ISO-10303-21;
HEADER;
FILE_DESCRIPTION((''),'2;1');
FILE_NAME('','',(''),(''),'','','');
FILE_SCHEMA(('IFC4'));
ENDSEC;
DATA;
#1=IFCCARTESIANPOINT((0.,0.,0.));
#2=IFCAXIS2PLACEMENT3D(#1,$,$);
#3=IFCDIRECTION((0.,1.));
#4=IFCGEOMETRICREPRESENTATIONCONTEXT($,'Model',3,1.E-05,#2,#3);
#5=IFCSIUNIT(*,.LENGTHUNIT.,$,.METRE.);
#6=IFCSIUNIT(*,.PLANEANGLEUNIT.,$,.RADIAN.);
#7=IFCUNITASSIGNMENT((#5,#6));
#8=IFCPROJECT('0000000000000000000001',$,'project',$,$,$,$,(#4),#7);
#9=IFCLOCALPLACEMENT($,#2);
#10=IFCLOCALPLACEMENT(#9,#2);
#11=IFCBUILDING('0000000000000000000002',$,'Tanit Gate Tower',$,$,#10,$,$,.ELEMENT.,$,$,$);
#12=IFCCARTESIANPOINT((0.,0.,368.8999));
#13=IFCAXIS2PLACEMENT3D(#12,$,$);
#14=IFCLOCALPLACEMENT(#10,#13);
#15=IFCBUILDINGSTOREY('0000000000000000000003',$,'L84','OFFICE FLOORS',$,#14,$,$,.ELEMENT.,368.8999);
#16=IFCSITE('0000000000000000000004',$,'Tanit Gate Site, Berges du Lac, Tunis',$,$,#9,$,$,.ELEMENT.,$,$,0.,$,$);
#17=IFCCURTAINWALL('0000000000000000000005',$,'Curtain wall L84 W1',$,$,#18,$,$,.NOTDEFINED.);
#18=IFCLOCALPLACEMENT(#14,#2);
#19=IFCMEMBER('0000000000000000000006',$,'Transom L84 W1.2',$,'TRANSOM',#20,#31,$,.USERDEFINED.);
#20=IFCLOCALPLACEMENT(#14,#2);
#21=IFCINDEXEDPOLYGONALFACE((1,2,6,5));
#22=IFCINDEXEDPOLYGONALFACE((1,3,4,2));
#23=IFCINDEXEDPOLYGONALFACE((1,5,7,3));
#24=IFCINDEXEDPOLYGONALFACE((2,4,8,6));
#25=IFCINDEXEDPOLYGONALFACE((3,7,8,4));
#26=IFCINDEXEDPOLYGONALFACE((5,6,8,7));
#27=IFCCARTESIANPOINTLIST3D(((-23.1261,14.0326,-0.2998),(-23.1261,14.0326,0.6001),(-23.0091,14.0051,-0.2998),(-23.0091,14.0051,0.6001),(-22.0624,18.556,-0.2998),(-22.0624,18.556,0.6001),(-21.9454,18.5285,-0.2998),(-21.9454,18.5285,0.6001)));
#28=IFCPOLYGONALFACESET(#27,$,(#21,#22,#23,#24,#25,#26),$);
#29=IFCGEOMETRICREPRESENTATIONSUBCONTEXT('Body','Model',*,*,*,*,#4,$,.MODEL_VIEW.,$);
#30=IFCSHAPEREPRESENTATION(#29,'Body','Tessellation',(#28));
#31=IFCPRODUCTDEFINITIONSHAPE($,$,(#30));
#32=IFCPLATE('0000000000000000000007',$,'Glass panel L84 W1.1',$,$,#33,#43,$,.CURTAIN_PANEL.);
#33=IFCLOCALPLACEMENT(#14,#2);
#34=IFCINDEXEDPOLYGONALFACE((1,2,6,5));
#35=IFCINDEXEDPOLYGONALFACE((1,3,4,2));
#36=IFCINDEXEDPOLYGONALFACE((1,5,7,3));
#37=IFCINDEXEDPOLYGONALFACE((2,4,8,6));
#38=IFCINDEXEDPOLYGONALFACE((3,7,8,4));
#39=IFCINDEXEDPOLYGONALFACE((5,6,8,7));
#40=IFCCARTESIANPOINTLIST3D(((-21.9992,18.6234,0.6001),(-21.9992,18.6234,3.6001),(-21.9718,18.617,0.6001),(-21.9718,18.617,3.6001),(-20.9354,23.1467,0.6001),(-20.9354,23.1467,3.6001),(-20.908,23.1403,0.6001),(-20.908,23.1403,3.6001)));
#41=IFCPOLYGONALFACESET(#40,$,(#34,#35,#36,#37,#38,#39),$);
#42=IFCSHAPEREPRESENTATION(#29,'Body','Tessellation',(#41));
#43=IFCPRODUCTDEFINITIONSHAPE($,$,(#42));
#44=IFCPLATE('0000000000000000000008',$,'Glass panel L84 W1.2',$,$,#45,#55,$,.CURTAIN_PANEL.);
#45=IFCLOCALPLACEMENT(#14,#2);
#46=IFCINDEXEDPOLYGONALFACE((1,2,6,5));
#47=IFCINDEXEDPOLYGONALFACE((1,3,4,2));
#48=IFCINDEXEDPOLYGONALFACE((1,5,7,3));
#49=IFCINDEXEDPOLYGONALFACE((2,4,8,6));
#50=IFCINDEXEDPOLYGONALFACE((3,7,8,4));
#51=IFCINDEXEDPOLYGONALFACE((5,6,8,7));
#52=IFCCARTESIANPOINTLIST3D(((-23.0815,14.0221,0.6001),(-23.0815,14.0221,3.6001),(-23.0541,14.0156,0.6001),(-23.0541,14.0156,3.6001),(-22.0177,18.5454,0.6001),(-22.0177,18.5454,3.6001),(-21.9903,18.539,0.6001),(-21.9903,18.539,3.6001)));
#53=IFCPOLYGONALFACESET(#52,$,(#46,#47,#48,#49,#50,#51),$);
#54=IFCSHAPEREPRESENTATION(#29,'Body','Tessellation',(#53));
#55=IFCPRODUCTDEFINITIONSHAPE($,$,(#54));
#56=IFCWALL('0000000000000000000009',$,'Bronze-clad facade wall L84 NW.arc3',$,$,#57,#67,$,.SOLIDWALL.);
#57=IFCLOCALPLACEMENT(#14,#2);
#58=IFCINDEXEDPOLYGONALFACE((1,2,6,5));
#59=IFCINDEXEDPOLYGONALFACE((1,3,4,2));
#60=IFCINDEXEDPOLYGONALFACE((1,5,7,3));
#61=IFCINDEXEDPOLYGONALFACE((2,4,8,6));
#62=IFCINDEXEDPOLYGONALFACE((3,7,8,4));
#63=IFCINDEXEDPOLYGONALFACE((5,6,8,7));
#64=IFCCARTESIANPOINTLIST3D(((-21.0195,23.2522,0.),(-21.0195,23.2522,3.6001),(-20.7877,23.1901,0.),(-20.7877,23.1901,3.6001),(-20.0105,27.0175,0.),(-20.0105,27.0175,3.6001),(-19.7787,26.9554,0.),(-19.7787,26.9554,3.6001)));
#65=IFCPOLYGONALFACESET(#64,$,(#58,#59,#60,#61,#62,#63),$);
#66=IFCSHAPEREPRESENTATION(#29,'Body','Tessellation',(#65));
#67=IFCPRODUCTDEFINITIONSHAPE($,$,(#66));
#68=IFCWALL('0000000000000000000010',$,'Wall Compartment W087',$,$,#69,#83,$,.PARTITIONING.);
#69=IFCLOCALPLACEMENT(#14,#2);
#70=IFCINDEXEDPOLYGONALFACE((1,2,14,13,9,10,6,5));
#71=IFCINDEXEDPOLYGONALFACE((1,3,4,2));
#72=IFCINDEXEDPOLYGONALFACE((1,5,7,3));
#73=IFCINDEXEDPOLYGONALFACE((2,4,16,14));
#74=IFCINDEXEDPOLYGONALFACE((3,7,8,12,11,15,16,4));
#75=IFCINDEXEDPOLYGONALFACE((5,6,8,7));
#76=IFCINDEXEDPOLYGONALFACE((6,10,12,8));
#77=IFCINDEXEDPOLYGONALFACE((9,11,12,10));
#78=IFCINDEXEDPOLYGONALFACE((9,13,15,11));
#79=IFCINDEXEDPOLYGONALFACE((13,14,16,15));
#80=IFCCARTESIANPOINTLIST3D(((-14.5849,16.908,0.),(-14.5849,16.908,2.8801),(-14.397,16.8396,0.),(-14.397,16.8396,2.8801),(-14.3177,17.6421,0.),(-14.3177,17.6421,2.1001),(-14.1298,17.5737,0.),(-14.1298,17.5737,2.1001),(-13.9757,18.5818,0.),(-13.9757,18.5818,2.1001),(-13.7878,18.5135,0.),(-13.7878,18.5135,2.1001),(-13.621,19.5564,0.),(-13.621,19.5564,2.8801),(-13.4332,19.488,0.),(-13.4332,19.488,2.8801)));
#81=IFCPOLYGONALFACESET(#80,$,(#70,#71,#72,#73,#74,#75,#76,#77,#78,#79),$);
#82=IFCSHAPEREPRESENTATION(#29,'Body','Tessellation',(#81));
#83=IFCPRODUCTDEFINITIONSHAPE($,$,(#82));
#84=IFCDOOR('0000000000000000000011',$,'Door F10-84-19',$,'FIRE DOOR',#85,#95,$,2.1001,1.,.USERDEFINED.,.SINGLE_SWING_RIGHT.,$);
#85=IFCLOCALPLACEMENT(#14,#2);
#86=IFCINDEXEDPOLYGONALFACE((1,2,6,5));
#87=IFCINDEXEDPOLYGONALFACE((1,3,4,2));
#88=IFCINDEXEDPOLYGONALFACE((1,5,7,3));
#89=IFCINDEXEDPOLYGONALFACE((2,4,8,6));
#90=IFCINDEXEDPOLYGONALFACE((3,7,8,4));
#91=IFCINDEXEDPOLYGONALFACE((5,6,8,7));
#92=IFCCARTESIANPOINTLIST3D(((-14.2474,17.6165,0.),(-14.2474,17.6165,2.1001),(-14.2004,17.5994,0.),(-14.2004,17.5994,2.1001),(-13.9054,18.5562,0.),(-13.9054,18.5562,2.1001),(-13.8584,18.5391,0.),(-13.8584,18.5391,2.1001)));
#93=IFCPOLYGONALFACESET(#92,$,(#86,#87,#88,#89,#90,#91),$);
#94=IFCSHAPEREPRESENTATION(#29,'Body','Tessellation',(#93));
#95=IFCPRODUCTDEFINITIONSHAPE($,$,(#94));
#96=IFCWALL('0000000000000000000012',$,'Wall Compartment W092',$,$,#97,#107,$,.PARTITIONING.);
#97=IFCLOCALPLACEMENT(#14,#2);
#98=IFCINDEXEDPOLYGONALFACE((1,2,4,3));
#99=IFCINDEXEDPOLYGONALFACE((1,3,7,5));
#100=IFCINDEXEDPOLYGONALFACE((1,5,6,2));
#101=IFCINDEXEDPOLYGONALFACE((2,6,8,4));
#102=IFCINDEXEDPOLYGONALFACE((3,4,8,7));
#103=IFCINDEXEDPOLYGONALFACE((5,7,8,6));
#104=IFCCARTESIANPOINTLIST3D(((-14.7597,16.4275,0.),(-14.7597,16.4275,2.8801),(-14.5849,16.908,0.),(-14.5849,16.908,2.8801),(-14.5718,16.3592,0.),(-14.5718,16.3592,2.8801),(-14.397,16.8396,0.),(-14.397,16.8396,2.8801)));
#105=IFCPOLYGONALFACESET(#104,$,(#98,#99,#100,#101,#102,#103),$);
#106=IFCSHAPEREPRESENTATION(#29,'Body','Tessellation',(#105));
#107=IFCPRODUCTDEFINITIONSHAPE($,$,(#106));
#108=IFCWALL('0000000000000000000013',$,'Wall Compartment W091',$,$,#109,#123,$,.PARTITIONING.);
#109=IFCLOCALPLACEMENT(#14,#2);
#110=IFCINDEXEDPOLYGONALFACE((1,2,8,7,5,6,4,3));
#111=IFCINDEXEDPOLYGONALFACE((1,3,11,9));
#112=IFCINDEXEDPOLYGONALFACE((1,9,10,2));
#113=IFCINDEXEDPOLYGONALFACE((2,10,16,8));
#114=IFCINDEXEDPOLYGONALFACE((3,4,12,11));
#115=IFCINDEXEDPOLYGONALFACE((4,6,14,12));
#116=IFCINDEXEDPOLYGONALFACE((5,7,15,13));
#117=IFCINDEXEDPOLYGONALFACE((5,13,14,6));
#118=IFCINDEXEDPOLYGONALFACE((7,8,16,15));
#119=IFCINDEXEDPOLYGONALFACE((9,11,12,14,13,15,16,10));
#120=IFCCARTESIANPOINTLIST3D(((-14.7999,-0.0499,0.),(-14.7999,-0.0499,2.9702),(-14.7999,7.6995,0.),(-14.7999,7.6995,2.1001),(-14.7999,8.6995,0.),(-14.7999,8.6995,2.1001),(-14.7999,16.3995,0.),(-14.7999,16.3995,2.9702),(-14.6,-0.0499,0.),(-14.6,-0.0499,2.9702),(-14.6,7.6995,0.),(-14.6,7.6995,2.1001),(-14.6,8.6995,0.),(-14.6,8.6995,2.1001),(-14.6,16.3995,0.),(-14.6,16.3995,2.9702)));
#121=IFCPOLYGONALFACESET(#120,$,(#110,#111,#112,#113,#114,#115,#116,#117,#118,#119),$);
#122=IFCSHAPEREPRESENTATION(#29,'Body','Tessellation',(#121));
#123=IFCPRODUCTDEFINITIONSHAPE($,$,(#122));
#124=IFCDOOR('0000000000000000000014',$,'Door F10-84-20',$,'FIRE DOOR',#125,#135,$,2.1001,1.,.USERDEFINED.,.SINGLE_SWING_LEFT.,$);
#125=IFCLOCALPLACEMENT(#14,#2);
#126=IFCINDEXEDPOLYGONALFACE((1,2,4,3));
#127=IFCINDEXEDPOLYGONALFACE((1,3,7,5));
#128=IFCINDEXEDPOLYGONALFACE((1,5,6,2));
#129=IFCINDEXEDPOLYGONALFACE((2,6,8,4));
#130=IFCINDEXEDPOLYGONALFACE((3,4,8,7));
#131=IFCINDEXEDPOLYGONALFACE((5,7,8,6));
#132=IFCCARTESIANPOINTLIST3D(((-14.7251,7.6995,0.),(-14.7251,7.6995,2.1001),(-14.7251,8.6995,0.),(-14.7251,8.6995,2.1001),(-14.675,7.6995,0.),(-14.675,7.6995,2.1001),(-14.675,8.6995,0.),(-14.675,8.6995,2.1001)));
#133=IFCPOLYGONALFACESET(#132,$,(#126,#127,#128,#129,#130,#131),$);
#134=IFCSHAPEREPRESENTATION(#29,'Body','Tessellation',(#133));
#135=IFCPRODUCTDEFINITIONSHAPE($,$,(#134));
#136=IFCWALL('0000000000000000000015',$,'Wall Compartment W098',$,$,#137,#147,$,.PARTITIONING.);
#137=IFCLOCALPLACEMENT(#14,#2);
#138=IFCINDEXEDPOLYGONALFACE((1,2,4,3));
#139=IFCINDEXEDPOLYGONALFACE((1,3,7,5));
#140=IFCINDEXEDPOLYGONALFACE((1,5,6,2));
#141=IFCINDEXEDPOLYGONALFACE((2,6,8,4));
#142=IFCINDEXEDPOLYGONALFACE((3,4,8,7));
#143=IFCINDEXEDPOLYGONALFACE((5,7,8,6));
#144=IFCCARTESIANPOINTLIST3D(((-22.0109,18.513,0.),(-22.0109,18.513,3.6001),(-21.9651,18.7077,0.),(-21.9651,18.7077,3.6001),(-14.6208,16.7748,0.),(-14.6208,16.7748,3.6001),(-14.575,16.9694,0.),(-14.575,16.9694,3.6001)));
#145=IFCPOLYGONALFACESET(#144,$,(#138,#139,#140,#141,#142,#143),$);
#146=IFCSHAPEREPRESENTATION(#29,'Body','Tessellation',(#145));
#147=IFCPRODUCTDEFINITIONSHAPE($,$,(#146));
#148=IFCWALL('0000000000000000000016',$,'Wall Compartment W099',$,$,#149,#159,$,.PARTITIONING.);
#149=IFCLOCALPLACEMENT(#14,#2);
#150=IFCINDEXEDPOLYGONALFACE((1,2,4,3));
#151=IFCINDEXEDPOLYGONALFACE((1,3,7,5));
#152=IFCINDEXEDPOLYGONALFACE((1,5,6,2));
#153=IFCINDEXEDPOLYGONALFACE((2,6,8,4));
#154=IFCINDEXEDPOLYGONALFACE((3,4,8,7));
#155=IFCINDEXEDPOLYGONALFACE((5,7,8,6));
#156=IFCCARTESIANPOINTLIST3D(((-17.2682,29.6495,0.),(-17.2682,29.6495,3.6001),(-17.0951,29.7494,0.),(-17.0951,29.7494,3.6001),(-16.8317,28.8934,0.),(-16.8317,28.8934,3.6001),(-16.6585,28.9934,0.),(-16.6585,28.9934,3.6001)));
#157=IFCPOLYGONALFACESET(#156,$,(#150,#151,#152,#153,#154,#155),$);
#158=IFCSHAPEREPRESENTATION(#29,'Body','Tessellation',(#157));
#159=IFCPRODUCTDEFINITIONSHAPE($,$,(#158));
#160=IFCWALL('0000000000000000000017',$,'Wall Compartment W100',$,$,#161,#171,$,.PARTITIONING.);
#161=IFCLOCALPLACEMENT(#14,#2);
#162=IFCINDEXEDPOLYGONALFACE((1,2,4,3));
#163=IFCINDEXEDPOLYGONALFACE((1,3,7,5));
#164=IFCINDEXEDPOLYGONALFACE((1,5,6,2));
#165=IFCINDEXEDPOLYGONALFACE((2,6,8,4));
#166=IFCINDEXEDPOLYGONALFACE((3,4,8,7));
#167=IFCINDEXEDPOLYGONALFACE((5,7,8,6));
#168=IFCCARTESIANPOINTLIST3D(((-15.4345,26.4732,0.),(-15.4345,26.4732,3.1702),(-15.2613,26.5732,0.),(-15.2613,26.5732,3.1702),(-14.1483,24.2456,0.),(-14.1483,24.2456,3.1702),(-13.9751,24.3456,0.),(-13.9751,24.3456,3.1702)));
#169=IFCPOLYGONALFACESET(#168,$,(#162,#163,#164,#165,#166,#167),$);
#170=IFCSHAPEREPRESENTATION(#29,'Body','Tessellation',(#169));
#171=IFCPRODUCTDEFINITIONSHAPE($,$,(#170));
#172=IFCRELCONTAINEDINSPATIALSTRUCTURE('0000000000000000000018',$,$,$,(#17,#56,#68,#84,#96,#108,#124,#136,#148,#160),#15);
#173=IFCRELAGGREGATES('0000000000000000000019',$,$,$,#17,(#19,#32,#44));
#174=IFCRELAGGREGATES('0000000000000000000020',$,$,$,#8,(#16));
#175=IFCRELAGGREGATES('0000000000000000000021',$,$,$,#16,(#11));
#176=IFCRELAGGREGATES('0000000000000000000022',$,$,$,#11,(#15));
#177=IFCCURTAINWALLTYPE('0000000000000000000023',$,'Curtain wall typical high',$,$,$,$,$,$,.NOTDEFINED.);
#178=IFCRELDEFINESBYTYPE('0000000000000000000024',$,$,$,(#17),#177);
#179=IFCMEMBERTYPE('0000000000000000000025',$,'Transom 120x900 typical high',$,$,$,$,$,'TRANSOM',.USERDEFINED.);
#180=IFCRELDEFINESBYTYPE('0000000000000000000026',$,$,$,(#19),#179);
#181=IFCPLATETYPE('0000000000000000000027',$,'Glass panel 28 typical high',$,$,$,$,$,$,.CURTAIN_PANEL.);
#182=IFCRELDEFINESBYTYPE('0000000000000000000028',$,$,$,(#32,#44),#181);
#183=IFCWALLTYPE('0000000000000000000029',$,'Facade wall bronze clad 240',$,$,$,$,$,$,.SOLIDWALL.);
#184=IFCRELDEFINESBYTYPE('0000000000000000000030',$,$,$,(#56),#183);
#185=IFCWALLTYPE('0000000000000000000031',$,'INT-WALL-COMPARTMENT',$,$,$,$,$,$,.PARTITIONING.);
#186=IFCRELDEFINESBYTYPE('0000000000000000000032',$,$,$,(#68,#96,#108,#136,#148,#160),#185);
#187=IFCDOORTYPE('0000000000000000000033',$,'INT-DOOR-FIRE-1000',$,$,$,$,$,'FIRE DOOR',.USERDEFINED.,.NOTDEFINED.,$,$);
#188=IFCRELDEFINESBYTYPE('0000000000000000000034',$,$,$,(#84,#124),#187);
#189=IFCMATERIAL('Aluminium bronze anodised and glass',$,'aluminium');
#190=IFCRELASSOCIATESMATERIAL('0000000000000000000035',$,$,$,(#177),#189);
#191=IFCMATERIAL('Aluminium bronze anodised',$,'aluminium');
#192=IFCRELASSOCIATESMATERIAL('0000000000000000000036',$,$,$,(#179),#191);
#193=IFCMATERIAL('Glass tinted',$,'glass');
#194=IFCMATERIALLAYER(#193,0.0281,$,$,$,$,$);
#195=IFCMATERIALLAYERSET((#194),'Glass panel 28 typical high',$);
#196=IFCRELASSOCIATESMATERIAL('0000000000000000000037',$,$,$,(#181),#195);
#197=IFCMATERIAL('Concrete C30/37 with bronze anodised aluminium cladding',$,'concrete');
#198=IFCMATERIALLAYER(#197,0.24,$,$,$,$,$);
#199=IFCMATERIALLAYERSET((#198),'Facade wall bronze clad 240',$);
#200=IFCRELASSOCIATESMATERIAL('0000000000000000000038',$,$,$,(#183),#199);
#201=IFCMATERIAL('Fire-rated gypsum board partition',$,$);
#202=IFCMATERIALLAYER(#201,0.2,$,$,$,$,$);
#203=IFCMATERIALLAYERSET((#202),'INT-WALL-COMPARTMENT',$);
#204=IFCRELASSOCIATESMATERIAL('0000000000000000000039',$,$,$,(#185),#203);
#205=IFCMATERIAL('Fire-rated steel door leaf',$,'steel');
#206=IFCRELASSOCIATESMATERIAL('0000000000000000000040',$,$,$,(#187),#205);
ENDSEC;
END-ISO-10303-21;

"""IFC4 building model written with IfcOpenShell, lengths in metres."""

from ifc_helpers import new_model, si_unit, direction, frame, frame_2d, origin, origin_2d, place, context, subcontext, project, spatial, rectangle, extrude, material, layer, layer_set, material_profile, profile_set, type_object, element, fill, aggregate, save


model = new_model("IFC4")

# Units and contexts
model_context = context("Model", 3, precision=1e-05, world=origin(), true_north=direction((0.0, 1.0)))
body_context = subcontext(model_context, "Body", "Model", "MODEL_VIEW")
ifc_project = project(units=[si_unit("LENGTHUNIT", "METRE"), si_unit("PLANEANGLEUNIT", "RADIAN")], contexts=[model_context])

# Site, building, storey
site_placement = place(None, origin())
site = spatial("IfcSite", under=ifc_project, at=site_placement, Name="Tanit Gate Site, Berges du Lac, Tunis", CompositionType="ELEMENT", RefElevation=0.0)
building_placement = place(site_placement, origin())
building = spatial("IfcBuilding", under=site, at=building_placement, Name="Tanit Gate Tower", CompositionType="ELEMENT")
storey_placement = place(building_placement, frame((0.0, 0.0, 368.8999)))
storey = spatial("IfcBuildingStorey", under=building, at=storey_placement, Name="L84", Description="OFFICE FLOORS", CompositionType="ELEMENT", Elevation=368.8999)

# Curtain wall
ifc_material_1 = material(Name="Aluminium bronze anodised and glass", Category="aluminium")
curtain_wall_type = type_object("IfcCurtainWallType", Name="Curtain wall typical high", PredefinedType="NOTDEFINED", material=ifc_material_1)
curtain_wall_placement = place(storey_placement, origin())
curtain_wall = element("IfcCurtainWall", 1, at=curtain_wall_placement, inside=storey, type_object=curtain_wall_type, Name="Curtain wall L84 W1", PredefinedType="NOTDEFINED")

# Member
ifc_material_2 = material(Name="Aluminium bronze anodised", Category="aluminium")
ifc_material_profile_1 = material_profile(ifc_material_2, rectangle(XDim=0.1201, YDim=0.8999, at=origin_2d()), Name="120x900 bronze transom")
ifc_profile_set_1 = profile_set([ifc_material_profile_1], Name="Aluminium bronze anodised")
member_type_1 = type_object("IfcMemberType", Name="Transom 120x900 typical high", ElementType="TRANSOM", PredefinedType="USERDEFINED", material=ifc_profile_set_1)
member_1_placement = place(storey_placement, frame((-22.0039, 18.5422, 0.1501), z_axis=(-0.228913, -0.973447, 0.0), x_axis=(0.973447, -0.228913, 0.0)))
member_1 = element("IfcMember", 2, at=member_1_placement, type_object=member_type_1, Name="Transom L84 W1.2", ObjectType="TRANSOM", PredefinedType="USERDEFINED", context=body_context, shape_type="SweptSolid", body=[
    extrude(rectangle(XDim=0.1201, YDim=0.8999, at=origin_2d()), origin(), (0.0, 0.0, 1.0), 4.6467),
])

# Plates
ifc_material_3 = material(Name="Glass tinted", Category="glass")
ifc_layer_1 = layer(ifc_material_3, 0.0281)
ifc_layer_set_1 = layer_set([ifc_layer_1], Name="Glass panel 28 typical high")
plate_type = type_object("IfcPlateType", Name="Glass panel 28 typical high", PredefinedType="CURTAIN_PANEL", material=ifc_layer_set_1)
plate_1_placement = place(storey_placement, frame((-21.4536, 20.8818, 0.6001), z_axis=(0.0, 0.0, 1.0), x_axis=(-0.228936, -0.973441, 0.0)))
plate_1 = element("IfcPlate", 3, at=plate_1_placement, type_object=plate_type, Name="Glass panel L84 W1.1", PredefinedType="CURTAIN_PANEL", context=body_context, shape_type="SweptSolid", body=[
    extrude(rectangle(XDim=4.6467, YDim=0.0281, at=origin_2d()), origin(), (0.0, 0.0, 1.0), 3.0),
])
plate_2_placement = place(storey_placement, frame((-22.5359, 16.2805, 0.6001), z_axis=(0.0, 0.0, 1.0), x_axis=(-0.228936, -0.973441, 0.0)))
plate_2 = element("IfcPlate", 4, at=plate_2_placement, type_object=plate_type, Name="Glass panel L84 W1.2", PredefinedType="CURTAIN_PANEL", context=body_context, shape_type="SweptSolid", body=[
    extrude(rectangle(XDim=4.6467, YDim=0.0281, at=origin_2d()), origin(), (0.0, 0.0, 1.0), 3.0),
])
aggregate(curtain_wall, [member_1, plate_1, plate_2])

# Wall
ifc_material_4 = material(Name="Concrete C30/37 with bronze anodised aluminium cladding", Category="concrete")
ifc_layer_2 = layer(ifc_material_4, 0.24)
ifc_layer_set_2 = layer_set([ifc_layer_2], Name="Facade wall bronze clad 240")
wall_type_1 = type_object("IfcWallType", Name="Facade wall bronze clad 240", PredefinedType="SOLIDWALL", material=ifc_layer_set_2)
wall_1_placement = place(storey_placement, frame((-19.8945, 26.9866, 0.0), z_axis=(0.0, 0.0, 1.0), x_axis=(-0.258844, -0.965919, 0.0)))
element("IfcWall", 5, at=wall_1_placement, inside=storey, type_object=wall_type_1, Name="Bronze-clad facade wall L84 NW.arc3", PredefinedType="SOLIDWALL", context=body_context, shape_type="SweptSolid", body=[
    extrude(rectangle(XDim=3.8982, YDim=0.24, at=frame_2d((1.9492, 0.0))), origin(), (0.0, 0.0, 1.0), 3.6001),
])

# Wall, opening, door
ifc_material_5 = material(Name="Fire-rated gypsum board partition")
ifc_layer_3 = layer(ifc_material_5, 0.2)
ifc_layer_set_3 = layer_set([ifc_layer_3], Name="INT-WALL-COMPARTMENT")
wall_type_2 = type_object("IfcWallType", Name="INT-WALL-COMPARTMENT", PredefinedType="PARTITIONING", material=ifc_layer_set_3)
wall_2_placement = place(storey_placement, frame((-13.5271, 19.5222, 0.0), z_axis=(0.0, 0.0, 1.0), x_axis=(-0.341993, -0.939702, 0.0)))
wall_2 = element("IfcWall", 6, at=wall_2_placement, inside=storey, type_object=wall_type_2, Name="Wall Compartment W087", PredefinedType="PARTITIONING", context=body_context, shape_type="SweptSolid", body=[
    extrude(rectangle(XDim=2.8184, YDim=0.2, at=frame_2d((1.4092, 0.0))), origin(), (0.0, 0.0, 1.0), 2.8801),
])
opening_1_placement = place(wall_2_placement, frame((1.0371, 0.0, 0.0)))
opening_1 = element("IfcOpeningElement", 7, at=opening_1_placement, cuts=wall_2, PredefinedType="OPENING", context=body_context, shape_type="SweptSolid", body=[
    extrude(rectangle(XDim=1.0, YDim=2.1001, at=frame_2d((0.5, 1.05))), frame((0.0, 0.1099, 0.0), z_axis=(0.0, -1.0, 0.0), x_axis=(1.0, 0.0, 0.0)), (0.0, 0.0, 1.0), 0.22),
])
ifc_material_6 = material(Name="Fire-rated steel door leaf", Category="steel")
door_type = type_object("IfcDoorType", Name="INT-DOOR-FIRE-1000", ElementType="FIRE DOOR", OperationType="NOTDEFINED", PredefinedType="USERDEFINED", material=ifc_material_6)
door_1_placement = place(opening_1_placement, origin())
door_1 = element("IfcDoor", 8, at=door_1_placement, inside=storey, type_object=door_type, Name="Door F10-84-19", ObjectType="FIRE DOOR", OperationType="SINGLE_SWING_RIGHT", OverallHeight=2.1001, OverallWidth=1.0, PredefinedType="USERDEFINED", context=body_context, shape_type="SweptSolid", body=[
    extrude(rectangle(XDim=1.0, YDim=2.1001, at=frame_2d((0.5, 1.05))), frame((0.0, 0.0249, 0.0), z_axis=(0.0, -1.0, 0.0), x_axis=(1.0, 0.0, 0.0)), (0.0, 0.0, 1.0), 0.05),
])
fill(opening_1, door_1)

# Wall
wall_3_placement = place(storey_placement, frame((-14.491, 16.8738, 0.0), z_axis=(0.0, 0.0, 1.0), x_axis=(-0.341896, -0.939738, 0.0)))
element("IfcWall", 9, at=wall_3_placement, inside=storey, type_object=wall_type_2, Name="Wall Compartment W092", PredefinedType="PARTITIONING", context=body_context, shape_type="SweptSolid", body=[
    extrude(rectangle(XDim=0.5112, YDim=0.2, at=frame_2d((0.2556, 0.0))), origin(), (0.0, 0.0, 1.0), 2.8801),
])

# Wall, opening, door
wall_4_placement = place(storey_placement, frame((-14.7, 16.3994, 0.0), z_axis=(0.0, 0.0, 1.0), x_axis=(0.0, -1.0, 0.0)))
wall_4 = element("IfcWall", 10, at=wall_4_placement, inside=storey, type_object=wall_type_2, Name="Wall Compartment W091", PredefinedType="PARTITIONING", context=body_context, shape_type="SweptSolid", body=[
    extrude(rectangle(XDim=16.4495, YDim=0.2, at=frame_2d((8.2246, 0.0))), origin(), (0.0, 0.0, 1.0), 2.9702),
])
opening_2_placement = place(wall_4_placement, frame((7.7, 0.0, 0.0)))
opening_2 = element("IfcOpeningElement", 11, at=opening_2_placement, cuts=wall_4, PredefinedType="OPENING", context=body_context, shape_type="SweptSolid", body=[
    extrude(rectangle(XDim=1.0, YDim=2.1001, at=frame_2d((0.5, 1.05))), frame((0.0, 0.1099, 0.0), z_axis=(0.0, -1.0, 0.0), x_axis=(1.0, 0.0, 0.0)), (0.0, 0.0, 1.0), 0.22),
])
door_2_placement = place(opening_2_placement, origin())
door_2 = element("IfcDoor", 12, at=door_2_placement, inside=storey, type_object=door_type, Name="Door F10-84-20", ObjectType="FIRE DOOR", OperationType="SINGLE_SWING_LEFT", OverallHeight=2.1001, OverallWidth=1.0, PredefinedType="USERDEFINED", context=body_context, shape_type="SweptSolid", body=[
    extrude(rectangle(XDim=1.0, YDim=2.1001, at=frame_2d((0.5, 1.05))), frame((0.0, 0.0249, 0.0), z_axis=(0.0, -1.0, 0.0), x_axis=(1.0, 0.0, 0.0)), (0.0, 0.0, 1.0), 0.05),
])
fill(opening_2, door_2)

# Walls
wall_5_placement = place(storey_placement, frame((-14.5979, 16.8721, 0.0), z_axis=(0.0, 0.0, 1.0), x_axis=(-0.973434, 0.228968, 0.0)))
element("IfcWall", 13, at=wall_5_placement, inside=storey, type_object=wall_type_2, Name="Wall Compartment W098", PredefinedType="PARTITIONING", context=body_context, shape_type="SweptSolid", body=[
    extrude(rectangle(XDim=7.5918, YDim=0.2, at=frame_2d((3.7959, 0.0))), origin(), (0.0, 0.0, 1.0), 3.6001),
])
wall_6_placement = place(storey_placement, frame((-17.1816, 29.6995, 0.0), z_axis=(0.0, 0.0, 1.0), x_axis=(0.499989, -0.866032, 0.0)))
element("IfcWall", 14, at=wall_6_placement, inside=storey, type_object=wall_type_2, Name="Wall Compartment W099", PredefinedType="PARTITIONING", context=body_context, shape_type="SweptSolid", body=[
    extrude(rectangle(XDim=0.873, YDim=0.2, at=frame_2d((0.4365, 0.0))), origin(), (0.0, 0.0, 1.0), 3.6001),
])
wall_7_placement = place(storey_placement, frame((-15.3479, 26.5232, 0.0), z_axis=(0.0, 0.0, 1.0), x_axis=(0.500018, -0.866015, 0.0)))
element("IfcWall", 15, at=wall_7_placement, inside=storey, type_object=wall_type_2, Name="Wall Compartment W100", PredefinedType="PARTITIONING", context=body_context, shape_type="SweptSolid", body=[
    extrude(rectangle(XDim=2.5723, YDim=0.2, at=frame_2d((1.2861, 0.0))), origin(), (0.0, 0.0, 1.0), 3.1702),
])

save(model, "model.ifc")
